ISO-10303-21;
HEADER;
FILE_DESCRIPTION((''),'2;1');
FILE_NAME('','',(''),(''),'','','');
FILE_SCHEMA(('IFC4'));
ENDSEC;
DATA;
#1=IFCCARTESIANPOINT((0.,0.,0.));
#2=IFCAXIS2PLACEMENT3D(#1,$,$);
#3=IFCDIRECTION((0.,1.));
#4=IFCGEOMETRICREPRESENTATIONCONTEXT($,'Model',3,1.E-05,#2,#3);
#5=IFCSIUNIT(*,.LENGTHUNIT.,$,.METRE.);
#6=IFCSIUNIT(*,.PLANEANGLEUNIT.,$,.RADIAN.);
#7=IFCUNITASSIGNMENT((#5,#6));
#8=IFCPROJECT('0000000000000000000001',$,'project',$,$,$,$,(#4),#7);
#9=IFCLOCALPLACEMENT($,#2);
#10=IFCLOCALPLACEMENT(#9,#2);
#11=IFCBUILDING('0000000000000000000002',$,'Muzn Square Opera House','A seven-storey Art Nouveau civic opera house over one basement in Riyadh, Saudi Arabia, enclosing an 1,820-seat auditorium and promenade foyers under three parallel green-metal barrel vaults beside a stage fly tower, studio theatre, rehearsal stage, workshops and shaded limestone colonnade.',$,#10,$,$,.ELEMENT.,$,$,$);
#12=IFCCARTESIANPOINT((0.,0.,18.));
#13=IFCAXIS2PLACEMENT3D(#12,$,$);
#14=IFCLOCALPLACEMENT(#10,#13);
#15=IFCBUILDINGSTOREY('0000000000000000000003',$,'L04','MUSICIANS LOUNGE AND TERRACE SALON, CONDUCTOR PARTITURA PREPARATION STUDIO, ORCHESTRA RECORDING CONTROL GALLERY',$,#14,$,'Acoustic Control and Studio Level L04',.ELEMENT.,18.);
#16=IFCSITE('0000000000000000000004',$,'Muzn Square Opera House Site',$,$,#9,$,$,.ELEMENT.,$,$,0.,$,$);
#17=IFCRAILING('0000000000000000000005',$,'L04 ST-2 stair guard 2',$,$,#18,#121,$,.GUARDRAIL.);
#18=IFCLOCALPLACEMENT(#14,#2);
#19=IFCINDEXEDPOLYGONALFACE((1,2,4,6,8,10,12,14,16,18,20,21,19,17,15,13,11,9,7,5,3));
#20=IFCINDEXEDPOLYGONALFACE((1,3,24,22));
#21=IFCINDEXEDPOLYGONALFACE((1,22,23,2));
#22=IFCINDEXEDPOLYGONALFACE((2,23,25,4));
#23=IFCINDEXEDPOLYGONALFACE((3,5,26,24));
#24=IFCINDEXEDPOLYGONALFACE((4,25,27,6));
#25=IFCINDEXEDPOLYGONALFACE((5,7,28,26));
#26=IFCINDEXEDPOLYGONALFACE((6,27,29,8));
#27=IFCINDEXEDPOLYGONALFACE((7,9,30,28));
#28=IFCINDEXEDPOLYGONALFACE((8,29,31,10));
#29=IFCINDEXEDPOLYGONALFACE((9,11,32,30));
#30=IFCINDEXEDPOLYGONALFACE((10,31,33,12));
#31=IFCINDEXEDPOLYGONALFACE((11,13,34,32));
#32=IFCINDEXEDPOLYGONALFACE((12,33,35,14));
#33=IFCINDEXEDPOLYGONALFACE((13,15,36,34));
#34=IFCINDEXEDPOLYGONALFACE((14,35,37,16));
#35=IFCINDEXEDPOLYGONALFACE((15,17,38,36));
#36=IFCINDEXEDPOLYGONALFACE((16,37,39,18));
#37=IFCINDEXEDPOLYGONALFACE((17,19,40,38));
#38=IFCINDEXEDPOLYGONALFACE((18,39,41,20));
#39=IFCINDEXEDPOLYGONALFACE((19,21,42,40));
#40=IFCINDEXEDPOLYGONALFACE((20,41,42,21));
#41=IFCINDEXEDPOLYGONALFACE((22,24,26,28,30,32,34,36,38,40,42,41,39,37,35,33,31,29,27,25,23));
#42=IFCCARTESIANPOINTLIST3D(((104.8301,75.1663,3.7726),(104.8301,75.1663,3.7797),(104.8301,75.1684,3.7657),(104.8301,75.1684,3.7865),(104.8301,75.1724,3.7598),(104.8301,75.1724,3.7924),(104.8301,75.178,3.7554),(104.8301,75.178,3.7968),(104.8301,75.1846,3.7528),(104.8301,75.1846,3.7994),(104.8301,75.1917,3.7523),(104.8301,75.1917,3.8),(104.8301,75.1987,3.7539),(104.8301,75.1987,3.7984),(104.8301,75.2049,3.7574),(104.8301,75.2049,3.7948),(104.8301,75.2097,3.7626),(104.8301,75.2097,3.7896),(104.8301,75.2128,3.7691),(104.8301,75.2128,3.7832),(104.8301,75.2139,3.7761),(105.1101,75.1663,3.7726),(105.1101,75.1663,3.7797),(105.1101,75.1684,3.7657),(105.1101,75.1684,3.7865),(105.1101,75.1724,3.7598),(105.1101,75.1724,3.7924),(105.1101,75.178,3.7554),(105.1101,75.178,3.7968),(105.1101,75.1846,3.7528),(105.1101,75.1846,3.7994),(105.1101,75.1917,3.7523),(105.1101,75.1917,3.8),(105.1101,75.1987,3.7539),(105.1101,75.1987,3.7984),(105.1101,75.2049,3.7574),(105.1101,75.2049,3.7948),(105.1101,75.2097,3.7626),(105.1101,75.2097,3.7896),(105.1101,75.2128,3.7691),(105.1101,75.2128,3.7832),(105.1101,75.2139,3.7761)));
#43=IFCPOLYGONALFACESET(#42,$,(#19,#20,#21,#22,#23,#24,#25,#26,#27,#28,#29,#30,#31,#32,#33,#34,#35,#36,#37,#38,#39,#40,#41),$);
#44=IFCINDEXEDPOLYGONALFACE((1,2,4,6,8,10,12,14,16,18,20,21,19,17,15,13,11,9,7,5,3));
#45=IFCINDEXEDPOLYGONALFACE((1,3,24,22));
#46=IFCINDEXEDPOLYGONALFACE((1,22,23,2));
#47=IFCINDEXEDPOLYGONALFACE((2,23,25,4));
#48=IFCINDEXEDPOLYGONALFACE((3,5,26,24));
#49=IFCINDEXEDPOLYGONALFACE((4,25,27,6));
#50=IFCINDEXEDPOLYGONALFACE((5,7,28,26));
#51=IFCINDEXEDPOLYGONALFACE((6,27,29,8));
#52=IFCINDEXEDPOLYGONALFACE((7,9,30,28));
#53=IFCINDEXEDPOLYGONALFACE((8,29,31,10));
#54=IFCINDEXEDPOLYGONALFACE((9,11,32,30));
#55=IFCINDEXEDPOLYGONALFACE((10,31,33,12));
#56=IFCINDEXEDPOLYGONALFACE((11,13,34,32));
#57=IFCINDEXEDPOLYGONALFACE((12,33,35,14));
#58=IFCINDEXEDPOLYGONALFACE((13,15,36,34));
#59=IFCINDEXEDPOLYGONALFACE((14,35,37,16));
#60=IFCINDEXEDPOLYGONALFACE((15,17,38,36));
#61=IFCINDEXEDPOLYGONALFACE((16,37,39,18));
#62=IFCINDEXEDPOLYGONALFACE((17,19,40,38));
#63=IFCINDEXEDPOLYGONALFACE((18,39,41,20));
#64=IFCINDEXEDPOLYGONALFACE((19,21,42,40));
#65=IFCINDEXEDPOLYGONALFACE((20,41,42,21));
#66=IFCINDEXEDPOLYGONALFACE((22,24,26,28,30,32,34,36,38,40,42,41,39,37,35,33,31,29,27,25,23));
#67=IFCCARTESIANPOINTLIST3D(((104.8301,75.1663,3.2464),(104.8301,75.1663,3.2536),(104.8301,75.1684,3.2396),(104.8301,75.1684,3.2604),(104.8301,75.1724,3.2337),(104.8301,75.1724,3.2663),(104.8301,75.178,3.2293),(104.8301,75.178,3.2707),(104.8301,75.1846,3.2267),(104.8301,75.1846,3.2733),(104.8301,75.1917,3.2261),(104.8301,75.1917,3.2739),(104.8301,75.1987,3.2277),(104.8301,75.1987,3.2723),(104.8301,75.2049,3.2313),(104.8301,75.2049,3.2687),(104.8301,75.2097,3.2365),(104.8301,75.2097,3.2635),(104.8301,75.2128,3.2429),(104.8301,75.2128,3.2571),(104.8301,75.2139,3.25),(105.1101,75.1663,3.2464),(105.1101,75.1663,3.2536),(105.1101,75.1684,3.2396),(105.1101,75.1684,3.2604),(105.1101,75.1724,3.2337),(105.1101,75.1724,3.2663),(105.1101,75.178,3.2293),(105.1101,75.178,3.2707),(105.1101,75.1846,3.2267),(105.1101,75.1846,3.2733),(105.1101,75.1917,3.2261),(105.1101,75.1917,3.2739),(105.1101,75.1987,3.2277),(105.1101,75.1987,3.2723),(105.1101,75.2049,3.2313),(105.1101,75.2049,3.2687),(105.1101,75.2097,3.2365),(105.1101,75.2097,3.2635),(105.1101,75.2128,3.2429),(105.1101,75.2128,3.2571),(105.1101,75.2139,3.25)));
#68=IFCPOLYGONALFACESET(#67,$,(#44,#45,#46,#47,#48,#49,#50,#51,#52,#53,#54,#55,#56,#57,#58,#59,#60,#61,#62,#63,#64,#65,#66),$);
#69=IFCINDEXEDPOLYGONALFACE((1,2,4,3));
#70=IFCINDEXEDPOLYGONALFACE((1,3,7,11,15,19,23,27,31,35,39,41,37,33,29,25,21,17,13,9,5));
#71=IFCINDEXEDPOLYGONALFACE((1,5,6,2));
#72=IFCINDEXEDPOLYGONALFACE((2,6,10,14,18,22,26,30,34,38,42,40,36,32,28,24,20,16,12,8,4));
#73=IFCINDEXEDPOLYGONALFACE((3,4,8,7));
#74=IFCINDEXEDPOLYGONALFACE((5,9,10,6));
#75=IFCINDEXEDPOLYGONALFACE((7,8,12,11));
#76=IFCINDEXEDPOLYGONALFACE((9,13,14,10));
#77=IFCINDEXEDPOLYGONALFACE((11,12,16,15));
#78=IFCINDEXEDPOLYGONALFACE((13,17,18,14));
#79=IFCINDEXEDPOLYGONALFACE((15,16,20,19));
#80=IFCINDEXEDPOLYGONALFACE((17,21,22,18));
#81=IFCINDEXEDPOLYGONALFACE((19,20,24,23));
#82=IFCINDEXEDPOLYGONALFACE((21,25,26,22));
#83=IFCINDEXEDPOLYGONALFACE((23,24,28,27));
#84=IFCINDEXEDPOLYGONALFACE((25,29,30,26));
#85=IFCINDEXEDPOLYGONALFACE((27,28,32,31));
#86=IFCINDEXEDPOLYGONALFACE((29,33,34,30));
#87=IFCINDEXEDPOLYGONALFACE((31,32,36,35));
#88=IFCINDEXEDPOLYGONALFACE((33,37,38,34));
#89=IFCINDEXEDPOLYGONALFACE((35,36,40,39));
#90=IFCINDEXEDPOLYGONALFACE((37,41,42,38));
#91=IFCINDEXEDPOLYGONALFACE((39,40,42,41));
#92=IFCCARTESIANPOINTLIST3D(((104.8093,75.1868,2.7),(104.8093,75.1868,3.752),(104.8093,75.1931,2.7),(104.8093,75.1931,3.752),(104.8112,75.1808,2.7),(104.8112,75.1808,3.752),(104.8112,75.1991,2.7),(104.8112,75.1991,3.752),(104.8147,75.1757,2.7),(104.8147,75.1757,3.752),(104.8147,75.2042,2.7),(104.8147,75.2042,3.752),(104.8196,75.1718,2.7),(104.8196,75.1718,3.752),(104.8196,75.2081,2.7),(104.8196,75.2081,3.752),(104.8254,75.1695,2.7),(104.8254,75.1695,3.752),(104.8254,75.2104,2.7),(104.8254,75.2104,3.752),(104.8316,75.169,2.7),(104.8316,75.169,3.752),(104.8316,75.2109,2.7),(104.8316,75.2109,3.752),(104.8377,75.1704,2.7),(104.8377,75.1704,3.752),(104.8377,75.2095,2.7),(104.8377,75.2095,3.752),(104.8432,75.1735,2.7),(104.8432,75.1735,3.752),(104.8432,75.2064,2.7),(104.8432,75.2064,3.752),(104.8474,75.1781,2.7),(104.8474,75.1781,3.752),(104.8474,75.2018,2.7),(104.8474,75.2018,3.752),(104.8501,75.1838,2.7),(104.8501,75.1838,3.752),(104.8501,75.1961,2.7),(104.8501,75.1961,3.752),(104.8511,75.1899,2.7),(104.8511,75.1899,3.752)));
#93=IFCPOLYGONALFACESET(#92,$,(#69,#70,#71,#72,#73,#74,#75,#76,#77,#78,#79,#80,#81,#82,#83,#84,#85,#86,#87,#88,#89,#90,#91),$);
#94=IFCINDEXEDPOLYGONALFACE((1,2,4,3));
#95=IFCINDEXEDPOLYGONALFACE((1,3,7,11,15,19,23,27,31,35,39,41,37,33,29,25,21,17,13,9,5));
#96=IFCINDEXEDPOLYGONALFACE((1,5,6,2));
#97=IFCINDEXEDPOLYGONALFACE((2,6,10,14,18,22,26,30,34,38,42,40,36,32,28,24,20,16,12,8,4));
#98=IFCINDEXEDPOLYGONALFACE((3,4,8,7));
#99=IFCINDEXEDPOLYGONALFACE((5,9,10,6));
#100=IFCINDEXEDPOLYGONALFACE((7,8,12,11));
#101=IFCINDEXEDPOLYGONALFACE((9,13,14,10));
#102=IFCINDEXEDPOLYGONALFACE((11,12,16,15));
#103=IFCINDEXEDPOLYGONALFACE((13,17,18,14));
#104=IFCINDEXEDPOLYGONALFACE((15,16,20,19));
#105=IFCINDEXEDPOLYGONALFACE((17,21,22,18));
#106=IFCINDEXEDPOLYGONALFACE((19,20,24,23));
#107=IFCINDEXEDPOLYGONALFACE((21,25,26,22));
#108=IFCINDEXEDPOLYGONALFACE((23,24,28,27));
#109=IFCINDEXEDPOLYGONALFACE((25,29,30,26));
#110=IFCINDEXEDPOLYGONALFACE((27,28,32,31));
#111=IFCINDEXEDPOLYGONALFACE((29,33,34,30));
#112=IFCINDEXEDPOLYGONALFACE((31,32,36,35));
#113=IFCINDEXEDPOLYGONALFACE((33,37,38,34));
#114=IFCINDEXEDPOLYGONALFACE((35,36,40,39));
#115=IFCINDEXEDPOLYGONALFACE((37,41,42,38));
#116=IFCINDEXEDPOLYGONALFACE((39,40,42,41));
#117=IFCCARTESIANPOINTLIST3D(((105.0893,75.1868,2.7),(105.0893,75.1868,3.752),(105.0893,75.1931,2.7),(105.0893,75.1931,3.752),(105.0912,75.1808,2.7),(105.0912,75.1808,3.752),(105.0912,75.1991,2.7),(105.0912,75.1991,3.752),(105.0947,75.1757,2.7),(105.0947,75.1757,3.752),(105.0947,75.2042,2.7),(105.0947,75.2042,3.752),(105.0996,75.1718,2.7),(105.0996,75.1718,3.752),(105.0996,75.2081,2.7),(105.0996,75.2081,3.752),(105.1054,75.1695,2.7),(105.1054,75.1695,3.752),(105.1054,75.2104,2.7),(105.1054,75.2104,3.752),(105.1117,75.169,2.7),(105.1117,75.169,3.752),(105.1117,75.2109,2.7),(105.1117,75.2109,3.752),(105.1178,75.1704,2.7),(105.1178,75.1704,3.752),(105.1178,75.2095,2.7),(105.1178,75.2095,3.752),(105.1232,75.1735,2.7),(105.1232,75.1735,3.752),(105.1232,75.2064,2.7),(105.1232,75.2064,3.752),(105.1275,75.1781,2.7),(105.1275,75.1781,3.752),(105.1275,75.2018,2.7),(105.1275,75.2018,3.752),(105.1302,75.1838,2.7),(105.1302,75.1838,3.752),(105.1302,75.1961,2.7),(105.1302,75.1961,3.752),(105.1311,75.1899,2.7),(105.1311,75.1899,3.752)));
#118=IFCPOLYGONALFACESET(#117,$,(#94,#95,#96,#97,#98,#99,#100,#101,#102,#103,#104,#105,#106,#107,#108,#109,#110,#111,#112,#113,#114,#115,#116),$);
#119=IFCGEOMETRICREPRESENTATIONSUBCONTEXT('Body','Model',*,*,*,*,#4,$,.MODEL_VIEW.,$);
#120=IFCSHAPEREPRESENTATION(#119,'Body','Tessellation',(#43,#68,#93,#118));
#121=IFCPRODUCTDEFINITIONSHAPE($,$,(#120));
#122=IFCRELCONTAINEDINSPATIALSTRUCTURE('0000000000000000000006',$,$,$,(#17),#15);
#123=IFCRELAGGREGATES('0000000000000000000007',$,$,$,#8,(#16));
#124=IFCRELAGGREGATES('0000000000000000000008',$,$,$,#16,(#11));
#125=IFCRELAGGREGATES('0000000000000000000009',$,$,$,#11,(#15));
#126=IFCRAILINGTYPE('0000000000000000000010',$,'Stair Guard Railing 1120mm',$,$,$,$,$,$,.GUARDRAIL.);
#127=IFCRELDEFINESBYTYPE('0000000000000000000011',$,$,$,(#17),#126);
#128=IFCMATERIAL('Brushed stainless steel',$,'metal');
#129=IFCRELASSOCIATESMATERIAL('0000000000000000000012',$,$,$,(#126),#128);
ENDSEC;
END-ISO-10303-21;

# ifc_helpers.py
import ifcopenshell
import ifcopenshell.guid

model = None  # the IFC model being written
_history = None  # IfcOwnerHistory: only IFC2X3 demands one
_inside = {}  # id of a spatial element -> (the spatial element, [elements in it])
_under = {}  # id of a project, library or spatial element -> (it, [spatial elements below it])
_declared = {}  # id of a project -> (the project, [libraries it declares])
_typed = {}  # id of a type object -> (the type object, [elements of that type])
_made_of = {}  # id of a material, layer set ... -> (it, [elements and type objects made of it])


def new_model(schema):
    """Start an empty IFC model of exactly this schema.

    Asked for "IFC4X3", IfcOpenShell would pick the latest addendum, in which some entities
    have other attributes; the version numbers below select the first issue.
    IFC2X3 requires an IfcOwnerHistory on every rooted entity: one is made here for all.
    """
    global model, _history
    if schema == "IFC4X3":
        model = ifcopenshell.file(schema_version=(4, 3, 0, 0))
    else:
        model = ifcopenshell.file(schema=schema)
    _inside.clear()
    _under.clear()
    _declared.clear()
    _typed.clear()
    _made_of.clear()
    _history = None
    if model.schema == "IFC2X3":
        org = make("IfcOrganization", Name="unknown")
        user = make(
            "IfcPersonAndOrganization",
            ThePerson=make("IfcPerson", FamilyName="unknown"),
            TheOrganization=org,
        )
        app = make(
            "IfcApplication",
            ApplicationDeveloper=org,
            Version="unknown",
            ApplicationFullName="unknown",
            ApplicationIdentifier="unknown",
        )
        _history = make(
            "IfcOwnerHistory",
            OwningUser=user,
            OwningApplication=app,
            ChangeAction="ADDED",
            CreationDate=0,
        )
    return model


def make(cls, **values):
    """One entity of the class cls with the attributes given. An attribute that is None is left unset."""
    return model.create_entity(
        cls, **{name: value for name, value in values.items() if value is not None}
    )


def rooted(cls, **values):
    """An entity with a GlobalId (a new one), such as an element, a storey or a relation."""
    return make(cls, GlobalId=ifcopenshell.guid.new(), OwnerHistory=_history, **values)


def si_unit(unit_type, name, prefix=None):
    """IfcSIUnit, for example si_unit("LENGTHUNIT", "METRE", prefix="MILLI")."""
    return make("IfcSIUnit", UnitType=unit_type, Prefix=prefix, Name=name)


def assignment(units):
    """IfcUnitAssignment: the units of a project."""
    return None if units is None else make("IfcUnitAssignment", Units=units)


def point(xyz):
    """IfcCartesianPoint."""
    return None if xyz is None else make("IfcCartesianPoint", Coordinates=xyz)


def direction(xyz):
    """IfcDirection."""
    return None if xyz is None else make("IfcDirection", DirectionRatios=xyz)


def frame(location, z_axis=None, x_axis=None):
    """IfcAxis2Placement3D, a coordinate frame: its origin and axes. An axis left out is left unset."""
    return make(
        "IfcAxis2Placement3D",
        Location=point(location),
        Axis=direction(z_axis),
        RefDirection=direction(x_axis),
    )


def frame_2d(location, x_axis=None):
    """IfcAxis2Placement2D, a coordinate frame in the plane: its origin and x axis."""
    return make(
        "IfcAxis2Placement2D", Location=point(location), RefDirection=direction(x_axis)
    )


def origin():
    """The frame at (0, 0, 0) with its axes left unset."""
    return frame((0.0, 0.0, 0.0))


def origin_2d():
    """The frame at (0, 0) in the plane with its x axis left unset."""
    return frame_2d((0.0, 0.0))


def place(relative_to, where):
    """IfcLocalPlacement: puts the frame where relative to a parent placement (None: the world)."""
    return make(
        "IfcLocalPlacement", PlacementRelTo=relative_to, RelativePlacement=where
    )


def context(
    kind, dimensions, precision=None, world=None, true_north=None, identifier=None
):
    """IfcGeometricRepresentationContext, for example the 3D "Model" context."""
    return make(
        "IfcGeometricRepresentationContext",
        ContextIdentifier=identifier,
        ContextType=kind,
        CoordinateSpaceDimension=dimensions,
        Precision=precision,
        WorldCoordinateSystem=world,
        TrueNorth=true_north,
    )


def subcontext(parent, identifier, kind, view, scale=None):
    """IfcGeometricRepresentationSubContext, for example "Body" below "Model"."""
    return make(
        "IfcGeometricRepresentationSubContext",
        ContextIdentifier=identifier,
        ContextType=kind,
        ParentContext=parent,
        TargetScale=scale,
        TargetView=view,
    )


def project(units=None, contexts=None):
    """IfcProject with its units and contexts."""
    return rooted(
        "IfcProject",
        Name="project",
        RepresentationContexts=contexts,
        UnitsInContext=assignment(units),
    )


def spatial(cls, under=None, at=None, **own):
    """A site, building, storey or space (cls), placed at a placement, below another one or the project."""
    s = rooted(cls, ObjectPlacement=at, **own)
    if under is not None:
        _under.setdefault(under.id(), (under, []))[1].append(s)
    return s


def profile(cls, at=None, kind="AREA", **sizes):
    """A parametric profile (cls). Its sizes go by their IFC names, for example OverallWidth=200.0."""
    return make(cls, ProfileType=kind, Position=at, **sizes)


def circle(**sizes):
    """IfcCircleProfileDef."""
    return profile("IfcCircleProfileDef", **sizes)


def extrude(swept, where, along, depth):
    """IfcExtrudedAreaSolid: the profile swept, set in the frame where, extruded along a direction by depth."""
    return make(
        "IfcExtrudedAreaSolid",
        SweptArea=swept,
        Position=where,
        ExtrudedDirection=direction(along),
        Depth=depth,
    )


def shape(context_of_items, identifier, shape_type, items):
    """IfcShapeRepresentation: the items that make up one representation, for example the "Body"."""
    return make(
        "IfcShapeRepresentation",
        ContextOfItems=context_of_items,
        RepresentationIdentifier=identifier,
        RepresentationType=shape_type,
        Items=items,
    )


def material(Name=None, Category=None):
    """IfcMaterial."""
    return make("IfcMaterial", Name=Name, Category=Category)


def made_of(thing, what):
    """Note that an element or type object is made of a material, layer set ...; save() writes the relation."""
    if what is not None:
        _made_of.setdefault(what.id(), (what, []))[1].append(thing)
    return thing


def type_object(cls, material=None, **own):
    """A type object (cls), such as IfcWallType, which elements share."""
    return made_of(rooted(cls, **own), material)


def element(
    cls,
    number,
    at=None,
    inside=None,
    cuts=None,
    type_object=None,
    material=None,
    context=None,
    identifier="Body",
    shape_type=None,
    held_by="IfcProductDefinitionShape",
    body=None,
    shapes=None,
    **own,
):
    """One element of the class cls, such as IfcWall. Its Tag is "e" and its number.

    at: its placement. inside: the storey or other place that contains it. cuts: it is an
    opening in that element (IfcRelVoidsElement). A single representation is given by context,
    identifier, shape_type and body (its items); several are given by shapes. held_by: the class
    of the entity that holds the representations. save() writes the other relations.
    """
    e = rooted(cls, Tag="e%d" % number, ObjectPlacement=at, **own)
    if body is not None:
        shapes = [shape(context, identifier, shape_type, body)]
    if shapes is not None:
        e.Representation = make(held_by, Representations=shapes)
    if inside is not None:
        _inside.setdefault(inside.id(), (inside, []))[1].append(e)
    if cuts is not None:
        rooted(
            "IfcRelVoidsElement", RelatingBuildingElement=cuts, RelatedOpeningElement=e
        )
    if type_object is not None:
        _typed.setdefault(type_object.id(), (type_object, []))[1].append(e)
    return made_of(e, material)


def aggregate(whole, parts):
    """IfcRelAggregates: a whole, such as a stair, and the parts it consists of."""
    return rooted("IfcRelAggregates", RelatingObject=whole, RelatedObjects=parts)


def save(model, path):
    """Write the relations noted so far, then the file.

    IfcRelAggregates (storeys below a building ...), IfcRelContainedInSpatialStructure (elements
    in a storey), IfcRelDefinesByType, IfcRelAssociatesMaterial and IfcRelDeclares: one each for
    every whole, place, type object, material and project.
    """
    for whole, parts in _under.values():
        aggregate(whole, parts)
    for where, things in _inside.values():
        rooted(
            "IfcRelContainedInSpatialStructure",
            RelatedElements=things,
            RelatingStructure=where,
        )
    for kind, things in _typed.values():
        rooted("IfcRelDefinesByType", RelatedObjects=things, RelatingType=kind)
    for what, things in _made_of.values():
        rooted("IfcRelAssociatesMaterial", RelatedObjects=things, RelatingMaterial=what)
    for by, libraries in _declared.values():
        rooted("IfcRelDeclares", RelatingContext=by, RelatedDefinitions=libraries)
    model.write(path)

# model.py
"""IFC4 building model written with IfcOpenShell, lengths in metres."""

from ifc_helpers import new_model, si_unit, direction, frame, origin, origin_2d, place, context, subcontext, project, spatial, circle, extrude, material, type_object, element, save


model = new_model("IFC4")

# Units and contexts
model_context = context("Model", 3, precision=1e-05, world=origin(), true_north=direction((0.0, 1.0)))
body_context = subcontext(model_context, "Body", "Model", "MODEL_VIEW")
ifc_project = project(units=[si_unit("LENGTHUNIT", "METRE"), si_unit("PLANEANGLEUNIT", "RADIAN")], contexts=[model_context])

# Site, building, storey
site_placement = place(None, origin())
site = spatial("IfcSite", under=ifc_project, at=site_placement, Name="Muzn Square Opera House Site", CompositionType="ELEMENT", RefElevation=0.0)
building_placement = place(site_placement, origin())
building = spatial("IfcBuilding", under=site, at=building_placement, Name="Muzn Square Opera House", Description="A seven-storey Art Nouveau civic opera house over one basement in Riyadh, Saudi Arabia, enclosing an 1,820-seat auditorium and promenade foyers under three parallel green-metal barrel vaults beside a stage fly tower, studio theatre, rehearsal stage, workshops and shaded limestone colonnade.", CompositionType="ELEMENT")
storey_placement = place(building_placement, frame((0.0, 0.0, 18.0)))
storey = spatial("IfcBuildingStorey", under=building, at=storey_placement, Name="L04", Description="MUSICIANS LOUNGE AND TERRACE SALON, CONDUCTOR PARTITURA PREPARATION STUDIO, ORCHESTRA RECORDING CONTROL GALLERY", LongName="Acoustic Control and Studio Level L04", CompositionType="ELEMENT", Elevation=18.0)

# Shared definitions
ifc_material_1 = material(Name="Brushed stainless steel", Category="metal")

# Railing
railing_type_1 = type_object("IfcRailingType", Name="Stair Guard Railing 1120mm", PredefinedType="GUARDRAIL", material=ifc_material_1)
railing_1_placement = place(storey_placement, frame((104.8301, 75.1899, 2.7)))
element("IfcRailing", 1, at=railing_1_placement, inside=storey, type_object=railing_type_1, Name="L04 ST-2 stair guard 2", PredefinedType="GUARDRAIL", context=body_context, shape_type="SweptSolid", body=[
    extrude(circle(Radius=0.0239, at=origin_2d()), frame((0.0, 0.0, 1.0762), z_axis=(1.0, 0.0, 0.0), x_axis=(0.0, 1.0, 0.0)), (0.0, 0.0, 1.0), 0.28),
    extrude(circle(Radius=0.0239, at=origin_2d()), frame((0.0, 0.0, 0.55), z_axis=(1.0, 0.0, 0.0), x_axis=(0.0, 1.0, 0.0)), (0.0, 0.0, 1.0), 0.28),
    extrude(circle(Radius=0.021, at=origin_2d()), origin(), (0.0, 0.0, 1.0), 1.052),
    extrude(circle(Radius=0.021, at=origin_2d()), frame((0.28, 0.0, 0.0)), (0.0, 0.0, 1.0), 1.052),
])

save(model, "model.ifc")
